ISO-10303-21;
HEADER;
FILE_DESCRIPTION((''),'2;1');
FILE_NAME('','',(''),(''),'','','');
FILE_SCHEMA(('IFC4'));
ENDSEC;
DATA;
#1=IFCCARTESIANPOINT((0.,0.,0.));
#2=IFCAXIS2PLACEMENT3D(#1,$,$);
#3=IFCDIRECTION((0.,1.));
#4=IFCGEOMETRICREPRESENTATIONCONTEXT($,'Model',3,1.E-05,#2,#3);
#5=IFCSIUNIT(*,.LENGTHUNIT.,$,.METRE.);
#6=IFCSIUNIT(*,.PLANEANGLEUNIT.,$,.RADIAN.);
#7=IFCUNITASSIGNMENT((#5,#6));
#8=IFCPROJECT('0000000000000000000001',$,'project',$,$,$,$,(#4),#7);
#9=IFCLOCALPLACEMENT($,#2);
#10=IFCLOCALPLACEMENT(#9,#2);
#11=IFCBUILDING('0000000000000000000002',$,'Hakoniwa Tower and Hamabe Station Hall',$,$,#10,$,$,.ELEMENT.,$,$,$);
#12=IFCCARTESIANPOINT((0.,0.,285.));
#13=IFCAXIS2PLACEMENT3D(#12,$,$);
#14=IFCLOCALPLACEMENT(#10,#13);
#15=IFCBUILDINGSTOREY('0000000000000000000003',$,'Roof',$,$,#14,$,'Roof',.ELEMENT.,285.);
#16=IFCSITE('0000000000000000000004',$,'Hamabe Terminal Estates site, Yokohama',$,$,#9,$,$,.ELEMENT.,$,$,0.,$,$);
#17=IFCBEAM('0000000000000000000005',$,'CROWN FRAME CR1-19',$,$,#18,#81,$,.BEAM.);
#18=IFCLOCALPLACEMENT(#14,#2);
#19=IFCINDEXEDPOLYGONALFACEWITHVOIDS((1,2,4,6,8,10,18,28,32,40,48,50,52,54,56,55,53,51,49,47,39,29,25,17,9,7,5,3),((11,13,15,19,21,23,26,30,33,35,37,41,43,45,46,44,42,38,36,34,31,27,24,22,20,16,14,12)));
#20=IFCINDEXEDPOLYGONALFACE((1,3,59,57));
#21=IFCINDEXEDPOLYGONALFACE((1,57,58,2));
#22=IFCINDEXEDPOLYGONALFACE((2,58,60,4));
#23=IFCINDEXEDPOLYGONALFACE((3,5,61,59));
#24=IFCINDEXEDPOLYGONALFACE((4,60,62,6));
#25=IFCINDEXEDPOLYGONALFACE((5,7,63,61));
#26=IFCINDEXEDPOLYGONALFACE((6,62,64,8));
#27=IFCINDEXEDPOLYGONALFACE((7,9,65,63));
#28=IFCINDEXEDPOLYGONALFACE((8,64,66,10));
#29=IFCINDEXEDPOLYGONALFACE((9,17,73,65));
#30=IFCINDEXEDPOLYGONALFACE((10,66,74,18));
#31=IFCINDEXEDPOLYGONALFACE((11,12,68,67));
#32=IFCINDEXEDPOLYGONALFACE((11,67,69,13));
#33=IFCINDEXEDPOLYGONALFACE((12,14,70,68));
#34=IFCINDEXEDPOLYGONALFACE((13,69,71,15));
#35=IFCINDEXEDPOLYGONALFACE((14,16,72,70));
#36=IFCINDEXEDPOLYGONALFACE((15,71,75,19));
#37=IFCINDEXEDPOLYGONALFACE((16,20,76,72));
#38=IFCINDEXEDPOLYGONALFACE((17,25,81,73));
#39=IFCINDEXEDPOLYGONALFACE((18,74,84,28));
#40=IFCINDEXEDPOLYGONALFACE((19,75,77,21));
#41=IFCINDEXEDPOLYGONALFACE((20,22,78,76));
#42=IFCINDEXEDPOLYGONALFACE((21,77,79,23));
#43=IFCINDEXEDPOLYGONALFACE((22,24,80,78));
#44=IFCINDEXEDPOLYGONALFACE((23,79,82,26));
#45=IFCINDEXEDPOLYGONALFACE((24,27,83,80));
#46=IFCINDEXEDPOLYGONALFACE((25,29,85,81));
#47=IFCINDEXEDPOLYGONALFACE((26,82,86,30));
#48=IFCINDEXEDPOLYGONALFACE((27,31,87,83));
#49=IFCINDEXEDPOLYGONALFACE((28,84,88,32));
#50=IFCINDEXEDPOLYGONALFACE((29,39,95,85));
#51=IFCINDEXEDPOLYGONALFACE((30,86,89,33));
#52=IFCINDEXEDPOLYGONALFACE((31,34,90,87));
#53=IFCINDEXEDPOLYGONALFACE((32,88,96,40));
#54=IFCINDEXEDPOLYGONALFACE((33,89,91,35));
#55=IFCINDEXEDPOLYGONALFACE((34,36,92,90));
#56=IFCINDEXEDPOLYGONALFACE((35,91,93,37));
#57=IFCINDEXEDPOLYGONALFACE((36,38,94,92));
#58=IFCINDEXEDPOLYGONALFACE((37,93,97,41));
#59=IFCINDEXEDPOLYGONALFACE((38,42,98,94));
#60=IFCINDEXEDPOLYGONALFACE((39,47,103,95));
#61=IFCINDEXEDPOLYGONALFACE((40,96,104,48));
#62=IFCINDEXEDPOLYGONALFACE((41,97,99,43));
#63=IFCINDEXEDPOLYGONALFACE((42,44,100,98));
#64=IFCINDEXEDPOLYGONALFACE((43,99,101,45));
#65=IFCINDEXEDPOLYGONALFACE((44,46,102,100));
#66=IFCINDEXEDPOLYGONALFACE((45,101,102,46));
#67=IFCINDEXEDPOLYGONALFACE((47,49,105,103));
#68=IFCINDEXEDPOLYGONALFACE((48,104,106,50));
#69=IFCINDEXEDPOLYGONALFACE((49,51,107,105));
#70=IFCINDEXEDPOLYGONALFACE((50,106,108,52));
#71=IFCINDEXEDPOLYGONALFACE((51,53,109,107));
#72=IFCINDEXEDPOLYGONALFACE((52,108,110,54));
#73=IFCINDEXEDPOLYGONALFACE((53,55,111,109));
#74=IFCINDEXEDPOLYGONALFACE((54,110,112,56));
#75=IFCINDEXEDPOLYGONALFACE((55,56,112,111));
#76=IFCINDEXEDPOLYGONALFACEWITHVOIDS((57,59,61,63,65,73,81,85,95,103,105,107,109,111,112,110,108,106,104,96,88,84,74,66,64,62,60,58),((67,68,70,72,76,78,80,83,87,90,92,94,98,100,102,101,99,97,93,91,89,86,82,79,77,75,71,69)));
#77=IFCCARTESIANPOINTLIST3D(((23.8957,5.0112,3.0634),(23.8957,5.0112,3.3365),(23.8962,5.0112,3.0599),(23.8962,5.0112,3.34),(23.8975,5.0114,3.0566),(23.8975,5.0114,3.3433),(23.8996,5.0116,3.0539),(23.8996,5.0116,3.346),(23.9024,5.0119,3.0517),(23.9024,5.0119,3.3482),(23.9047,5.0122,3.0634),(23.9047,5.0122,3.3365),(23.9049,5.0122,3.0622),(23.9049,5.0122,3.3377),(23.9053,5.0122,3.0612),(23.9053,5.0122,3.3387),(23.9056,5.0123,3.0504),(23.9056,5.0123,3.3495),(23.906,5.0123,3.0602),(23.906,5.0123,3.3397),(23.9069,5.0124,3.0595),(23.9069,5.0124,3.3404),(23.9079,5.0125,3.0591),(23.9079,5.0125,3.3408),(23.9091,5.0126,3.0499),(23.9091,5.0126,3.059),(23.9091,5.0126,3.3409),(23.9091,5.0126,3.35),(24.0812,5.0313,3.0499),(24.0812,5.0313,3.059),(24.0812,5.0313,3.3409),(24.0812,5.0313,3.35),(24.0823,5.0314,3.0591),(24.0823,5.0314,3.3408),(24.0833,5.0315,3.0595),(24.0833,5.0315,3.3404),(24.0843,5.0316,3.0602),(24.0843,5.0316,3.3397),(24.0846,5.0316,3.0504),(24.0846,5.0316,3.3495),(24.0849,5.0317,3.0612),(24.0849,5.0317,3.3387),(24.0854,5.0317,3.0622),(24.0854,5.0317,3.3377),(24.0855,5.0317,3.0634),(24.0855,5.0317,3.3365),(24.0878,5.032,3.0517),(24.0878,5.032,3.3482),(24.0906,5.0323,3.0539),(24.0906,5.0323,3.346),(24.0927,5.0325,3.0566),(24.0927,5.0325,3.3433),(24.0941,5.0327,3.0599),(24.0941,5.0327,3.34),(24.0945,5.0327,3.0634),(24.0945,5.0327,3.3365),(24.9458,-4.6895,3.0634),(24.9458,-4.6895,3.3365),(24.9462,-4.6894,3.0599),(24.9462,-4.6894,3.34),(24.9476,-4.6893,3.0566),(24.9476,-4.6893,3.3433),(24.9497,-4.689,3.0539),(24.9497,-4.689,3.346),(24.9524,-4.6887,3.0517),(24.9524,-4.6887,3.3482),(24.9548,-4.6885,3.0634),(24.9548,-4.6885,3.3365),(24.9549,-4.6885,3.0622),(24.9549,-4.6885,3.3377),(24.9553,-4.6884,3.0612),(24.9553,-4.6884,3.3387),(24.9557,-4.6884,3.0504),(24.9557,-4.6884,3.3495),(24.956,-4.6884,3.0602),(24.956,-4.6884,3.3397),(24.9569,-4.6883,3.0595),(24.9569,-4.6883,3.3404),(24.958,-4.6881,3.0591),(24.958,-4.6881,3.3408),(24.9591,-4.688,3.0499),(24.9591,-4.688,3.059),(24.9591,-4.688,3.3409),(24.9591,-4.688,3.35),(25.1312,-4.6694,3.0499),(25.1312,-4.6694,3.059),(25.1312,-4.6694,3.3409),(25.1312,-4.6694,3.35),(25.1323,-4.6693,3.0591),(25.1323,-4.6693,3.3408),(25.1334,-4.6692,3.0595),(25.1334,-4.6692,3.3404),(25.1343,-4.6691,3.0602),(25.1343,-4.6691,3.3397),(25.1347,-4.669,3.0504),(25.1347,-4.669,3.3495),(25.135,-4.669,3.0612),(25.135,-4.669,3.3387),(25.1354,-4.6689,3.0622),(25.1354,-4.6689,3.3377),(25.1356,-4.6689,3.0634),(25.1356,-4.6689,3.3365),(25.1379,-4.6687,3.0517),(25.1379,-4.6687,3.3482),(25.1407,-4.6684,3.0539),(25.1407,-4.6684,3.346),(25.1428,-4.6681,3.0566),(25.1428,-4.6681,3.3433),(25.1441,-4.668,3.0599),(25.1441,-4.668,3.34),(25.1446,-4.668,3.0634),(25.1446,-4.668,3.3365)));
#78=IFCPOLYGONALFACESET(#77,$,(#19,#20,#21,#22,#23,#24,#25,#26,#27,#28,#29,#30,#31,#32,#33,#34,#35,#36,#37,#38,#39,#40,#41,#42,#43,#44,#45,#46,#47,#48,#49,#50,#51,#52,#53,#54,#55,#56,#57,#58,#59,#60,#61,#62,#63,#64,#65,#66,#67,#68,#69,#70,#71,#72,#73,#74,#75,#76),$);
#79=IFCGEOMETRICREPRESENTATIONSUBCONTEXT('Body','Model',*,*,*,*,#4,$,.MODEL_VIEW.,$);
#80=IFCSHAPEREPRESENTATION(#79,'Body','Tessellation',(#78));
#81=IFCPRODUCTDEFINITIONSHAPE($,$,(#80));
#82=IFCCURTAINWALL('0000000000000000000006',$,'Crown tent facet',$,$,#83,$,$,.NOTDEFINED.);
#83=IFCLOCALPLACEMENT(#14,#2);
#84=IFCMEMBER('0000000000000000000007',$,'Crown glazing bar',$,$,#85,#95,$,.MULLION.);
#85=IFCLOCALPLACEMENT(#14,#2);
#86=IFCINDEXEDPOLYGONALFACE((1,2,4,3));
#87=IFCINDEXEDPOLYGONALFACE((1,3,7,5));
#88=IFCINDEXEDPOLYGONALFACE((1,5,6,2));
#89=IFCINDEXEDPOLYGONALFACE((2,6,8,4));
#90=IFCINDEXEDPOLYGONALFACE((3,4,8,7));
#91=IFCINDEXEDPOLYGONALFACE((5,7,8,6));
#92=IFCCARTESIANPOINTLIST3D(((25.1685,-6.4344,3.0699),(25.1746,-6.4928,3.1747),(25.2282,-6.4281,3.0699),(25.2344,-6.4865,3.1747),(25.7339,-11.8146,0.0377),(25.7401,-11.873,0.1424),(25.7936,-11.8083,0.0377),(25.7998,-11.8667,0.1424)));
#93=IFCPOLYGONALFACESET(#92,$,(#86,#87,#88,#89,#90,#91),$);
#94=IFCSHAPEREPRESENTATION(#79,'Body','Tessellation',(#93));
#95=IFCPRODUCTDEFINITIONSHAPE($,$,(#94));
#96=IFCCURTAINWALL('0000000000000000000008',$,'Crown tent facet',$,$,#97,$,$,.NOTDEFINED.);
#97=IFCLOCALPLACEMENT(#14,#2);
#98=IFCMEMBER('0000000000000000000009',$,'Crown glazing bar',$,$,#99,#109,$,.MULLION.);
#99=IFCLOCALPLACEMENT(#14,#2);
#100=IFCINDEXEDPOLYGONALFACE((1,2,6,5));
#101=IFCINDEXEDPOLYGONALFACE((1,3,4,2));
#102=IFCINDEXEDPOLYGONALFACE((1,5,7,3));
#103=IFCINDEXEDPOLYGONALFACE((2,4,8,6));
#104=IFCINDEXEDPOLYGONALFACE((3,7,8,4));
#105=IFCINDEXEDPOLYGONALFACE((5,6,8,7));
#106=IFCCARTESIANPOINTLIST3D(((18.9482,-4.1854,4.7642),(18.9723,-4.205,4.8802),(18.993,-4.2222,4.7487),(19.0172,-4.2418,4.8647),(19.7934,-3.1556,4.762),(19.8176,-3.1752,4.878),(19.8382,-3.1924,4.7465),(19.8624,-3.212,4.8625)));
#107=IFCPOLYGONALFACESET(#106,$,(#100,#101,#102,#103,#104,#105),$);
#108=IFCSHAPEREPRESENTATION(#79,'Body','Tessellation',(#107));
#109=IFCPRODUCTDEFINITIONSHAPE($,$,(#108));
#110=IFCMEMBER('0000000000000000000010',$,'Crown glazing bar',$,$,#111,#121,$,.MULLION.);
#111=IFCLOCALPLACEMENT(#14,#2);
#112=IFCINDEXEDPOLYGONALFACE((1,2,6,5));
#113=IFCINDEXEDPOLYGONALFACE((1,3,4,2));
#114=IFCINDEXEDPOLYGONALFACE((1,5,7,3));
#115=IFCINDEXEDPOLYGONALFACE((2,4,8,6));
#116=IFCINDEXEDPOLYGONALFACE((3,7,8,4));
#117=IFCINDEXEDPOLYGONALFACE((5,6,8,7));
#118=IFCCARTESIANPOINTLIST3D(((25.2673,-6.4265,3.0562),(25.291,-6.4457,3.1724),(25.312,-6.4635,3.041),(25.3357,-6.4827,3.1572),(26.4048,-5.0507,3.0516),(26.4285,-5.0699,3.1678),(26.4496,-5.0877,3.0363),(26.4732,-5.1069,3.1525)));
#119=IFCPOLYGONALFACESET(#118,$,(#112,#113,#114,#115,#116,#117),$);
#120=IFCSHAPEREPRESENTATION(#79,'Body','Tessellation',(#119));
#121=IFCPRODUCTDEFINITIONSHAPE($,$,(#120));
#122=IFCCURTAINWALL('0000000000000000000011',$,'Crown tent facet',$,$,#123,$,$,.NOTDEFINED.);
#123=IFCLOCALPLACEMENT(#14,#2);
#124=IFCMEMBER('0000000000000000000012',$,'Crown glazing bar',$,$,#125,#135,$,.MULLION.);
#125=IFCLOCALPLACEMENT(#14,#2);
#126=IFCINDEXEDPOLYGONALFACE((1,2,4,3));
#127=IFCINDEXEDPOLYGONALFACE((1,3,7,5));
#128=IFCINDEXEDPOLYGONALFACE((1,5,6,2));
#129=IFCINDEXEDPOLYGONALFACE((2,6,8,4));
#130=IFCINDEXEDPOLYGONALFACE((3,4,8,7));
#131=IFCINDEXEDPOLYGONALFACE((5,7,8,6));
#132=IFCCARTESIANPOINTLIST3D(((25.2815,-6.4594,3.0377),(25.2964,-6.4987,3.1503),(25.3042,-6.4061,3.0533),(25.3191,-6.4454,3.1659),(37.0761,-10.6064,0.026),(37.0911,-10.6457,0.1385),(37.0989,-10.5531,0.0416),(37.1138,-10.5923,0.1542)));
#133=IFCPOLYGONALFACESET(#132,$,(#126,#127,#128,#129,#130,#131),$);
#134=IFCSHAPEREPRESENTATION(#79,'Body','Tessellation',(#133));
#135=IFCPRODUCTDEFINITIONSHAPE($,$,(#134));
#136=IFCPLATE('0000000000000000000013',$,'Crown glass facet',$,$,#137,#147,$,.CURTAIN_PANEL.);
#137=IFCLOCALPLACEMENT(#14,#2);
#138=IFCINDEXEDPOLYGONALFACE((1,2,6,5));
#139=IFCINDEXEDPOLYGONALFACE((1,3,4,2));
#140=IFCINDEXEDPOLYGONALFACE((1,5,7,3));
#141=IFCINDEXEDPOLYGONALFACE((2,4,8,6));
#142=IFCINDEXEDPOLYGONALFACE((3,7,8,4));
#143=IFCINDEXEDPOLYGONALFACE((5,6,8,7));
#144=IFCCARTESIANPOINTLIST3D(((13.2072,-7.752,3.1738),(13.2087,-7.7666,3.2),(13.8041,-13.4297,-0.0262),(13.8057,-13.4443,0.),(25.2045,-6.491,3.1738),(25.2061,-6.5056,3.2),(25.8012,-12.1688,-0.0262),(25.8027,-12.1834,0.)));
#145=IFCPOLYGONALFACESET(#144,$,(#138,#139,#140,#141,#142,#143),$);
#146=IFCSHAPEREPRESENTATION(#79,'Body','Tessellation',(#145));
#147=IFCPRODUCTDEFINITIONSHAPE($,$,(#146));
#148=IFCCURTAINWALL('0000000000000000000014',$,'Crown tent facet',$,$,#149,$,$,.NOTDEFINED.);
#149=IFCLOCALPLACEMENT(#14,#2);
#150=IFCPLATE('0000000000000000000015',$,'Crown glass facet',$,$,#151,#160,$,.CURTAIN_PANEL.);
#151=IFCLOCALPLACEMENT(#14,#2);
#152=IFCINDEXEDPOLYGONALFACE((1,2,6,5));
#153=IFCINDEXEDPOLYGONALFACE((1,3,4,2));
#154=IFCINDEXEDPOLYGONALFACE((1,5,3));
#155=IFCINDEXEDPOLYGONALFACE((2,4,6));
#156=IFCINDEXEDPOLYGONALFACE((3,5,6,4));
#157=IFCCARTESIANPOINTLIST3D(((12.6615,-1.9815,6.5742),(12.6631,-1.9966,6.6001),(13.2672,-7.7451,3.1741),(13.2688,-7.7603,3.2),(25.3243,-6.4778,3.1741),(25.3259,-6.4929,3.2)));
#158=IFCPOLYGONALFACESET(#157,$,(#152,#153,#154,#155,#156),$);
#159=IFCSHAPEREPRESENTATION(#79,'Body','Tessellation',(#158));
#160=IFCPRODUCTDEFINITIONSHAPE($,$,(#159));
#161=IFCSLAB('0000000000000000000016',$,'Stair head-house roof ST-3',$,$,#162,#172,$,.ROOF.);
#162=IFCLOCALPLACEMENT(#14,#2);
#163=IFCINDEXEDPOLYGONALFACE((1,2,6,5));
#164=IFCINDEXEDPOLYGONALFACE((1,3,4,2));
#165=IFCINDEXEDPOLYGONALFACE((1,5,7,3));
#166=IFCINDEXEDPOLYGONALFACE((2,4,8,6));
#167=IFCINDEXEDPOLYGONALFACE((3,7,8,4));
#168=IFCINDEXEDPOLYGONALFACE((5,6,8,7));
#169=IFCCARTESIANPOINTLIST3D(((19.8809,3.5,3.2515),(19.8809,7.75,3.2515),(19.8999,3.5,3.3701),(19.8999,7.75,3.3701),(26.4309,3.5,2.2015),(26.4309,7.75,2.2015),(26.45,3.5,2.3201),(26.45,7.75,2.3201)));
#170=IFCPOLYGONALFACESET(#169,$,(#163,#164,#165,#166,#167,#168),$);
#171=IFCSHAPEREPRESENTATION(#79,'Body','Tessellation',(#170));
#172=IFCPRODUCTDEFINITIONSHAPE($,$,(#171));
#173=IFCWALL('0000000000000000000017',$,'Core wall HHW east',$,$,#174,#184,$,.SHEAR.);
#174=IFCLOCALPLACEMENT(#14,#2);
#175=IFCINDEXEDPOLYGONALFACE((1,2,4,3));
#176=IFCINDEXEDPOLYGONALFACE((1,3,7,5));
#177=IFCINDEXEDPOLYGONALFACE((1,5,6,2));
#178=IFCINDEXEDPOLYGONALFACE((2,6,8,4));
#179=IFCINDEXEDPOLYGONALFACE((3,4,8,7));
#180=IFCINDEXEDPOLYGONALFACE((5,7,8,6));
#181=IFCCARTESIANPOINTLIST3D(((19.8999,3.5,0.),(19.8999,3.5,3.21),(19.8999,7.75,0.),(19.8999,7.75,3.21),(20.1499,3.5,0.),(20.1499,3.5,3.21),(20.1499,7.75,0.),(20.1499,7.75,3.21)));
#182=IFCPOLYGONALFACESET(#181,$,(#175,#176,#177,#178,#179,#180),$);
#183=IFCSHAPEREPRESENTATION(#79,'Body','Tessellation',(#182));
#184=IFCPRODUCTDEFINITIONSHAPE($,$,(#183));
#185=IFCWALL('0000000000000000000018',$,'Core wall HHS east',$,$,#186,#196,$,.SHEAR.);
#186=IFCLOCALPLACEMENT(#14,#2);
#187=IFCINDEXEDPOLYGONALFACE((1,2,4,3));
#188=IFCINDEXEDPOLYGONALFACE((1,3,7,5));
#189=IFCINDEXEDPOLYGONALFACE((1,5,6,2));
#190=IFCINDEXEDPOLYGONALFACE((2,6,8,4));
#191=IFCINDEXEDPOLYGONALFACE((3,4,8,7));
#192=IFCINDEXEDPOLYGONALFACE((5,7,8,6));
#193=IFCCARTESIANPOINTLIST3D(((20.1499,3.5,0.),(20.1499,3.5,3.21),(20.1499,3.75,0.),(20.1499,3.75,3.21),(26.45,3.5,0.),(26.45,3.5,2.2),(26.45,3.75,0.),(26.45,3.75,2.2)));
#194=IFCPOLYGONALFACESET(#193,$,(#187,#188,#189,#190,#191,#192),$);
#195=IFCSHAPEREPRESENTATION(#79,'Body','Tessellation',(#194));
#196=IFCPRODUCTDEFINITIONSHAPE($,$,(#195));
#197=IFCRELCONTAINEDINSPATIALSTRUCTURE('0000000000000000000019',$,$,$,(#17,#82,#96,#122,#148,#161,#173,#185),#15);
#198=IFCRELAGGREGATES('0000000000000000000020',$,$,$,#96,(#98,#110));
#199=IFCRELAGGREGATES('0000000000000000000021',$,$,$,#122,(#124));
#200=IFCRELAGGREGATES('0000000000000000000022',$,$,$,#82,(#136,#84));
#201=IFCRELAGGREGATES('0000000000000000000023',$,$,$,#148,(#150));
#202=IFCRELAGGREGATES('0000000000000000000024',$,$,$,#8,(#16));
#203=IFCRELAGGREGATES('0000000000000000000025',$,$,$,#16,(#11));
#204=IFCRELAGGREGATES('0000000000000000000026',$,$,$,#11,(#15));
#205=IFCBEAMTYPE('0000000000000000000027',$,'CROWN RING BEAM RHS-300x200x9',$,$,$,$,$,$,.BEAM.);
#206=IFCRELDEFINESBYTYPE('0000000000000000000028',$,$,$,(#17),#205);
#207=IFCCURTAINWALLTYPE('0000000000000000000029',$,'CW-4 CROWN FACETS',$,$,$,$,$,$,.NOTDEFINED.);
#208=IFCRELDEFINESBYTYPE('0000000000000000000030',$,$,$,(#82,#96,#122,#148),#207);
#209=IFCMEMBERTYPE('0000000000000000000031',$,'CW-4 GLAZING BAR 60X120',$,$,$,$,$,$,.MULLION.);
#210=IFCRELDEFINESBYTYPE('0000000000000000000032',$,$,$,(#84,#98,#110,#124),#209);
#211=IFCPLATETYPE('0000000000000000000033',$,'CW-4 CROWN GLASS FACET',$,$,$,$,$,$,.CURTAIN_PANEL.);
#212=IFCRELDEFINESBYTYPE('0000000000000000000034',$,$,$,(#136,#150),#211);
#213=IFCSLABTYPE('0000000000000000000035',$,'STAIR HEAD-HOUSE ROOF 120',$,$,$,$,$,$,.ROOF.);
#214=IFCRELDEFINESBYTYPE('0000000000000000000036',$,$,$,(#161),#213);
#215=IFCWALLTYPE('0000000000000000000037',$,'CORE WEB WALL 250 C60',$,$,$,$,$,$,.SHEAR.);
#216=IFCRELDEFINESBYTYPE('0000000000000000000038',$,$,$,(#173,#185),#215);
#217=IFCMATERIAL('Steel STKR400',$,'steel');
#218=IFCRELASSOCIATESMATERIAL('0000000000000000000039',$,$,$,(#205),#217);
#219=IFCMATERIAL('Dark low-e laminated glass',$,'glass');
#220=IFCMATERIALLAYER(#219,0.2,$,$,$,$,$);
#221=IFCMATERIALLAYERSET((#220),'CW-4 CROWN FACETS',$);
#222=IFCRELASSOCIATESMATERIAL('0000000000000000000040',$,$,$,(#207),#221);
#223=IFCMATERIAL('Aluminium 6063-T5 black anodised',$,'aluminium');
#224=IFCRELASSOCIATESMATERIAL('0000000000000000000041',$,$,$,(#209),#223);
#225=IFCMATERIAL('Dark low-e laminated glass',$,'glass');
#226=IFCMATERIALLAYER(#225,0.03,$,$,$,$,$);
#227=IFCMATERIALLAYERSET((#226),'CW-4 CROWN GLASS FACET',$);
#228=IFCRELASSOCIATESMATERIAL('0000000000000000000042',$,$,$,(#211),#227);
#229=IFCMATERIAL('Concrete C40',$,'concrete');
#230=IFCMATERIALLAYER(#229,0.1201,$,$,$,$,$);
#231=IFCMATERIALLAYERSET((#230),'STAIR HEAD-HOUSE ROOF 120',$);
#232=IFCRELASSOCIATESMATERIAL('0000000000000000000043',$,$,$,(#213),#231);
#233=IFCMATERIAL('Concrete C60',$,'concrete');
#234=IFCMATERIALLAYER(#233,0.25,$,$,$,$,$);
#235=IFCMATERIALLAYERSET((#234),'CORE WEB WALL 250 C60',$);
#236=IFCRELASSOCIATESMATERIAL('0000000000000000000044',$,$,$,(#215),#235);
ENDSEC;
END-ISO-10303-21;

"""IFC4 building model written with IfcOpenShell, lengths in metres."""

from ifc_helpers import new_model, si_unit, direction, frame, frame_2d, origin, origin_2d, place, context, subcontext, project, spatial, polyline, rectangle, hollow_rectangle, outline, extrude, material, layer, layer_set, material_profile, profile_set, type_object, element, aggregate, save


model = new_model("IFC4")

# Units and contexts
model_context = context("Model", 3, precision=1e-05, world=origin(), true_north=direction((0.0, 1.0)))
body_context = subcontext(model_context, "Body", "Model", "MODEL_VIEW")
ifc_project = project(units=[si_unit("LENGTHUNIT", "METRE"), si_unit("PLANEANGLEUNIT", "RADIAN")], contexts=[model_context])

# Site, building, storey
site_placement = place(None, origin())
site = spatial("IfcSite", under=ifc_project, at=site_placement, Name="Hamabe Terminal Estates site, Yokohama", CompositionType="ELEMENT", RefElevation=0.0)
building_placement = place(site_placement, origin())
building = spatial("IfcBuilding", under=site, at=building_placement, Name="Hakoniwa Tower and Hamabe Station Hall", CompositionType="ELEMENT")
storey_placement = place(building_placement, frame((0.0, 0.0, 285.0)))
storey = spatial("IfcBuildingStorey", under=building, at=storey_placement, Name="Roof", LongName="Roof", CompositionType="ELEMENT", Elevation=285.0)

# Beam
ifc_material_1 = material(Name="Steel STKR400", Category="steel")
ifc_material_profile_1 = material_profile(ifc_material_1, hollow_rectangle(XDim=0.2, YDim=0.3, WallThickness=0.009, InnerFilletRadius=0.0044, OuterFilletRadius=0.0134, at=origin_2d()), Name="RHS-300x200x9")
ifc_profile_set_1 = profile_set([ifc_material_profile_1], Name="Steel STKR400")
beam_type = type_object("IfcBeamType", Name="CROWN RING BEAM RHS-300x200x9", PredefinedType="BEAM", material=ifc_profile_set_1)
beam_1_placement = place(storey_placement, frame((25.0452, -4.6787, 3.2), z_axis=(-0.107616, 0.994193, 0.0), x_axis=(-0.994193, -0.107616, 0.0)))
element("IfcBeam", 1, at=beam_1_placement, inside=storey, type_object=beam_type, Name="CROWN FRAME CR1-19", PredefinedType="BEAM", context=body_context, shape_type="SweptSolid", body=[
    extrude(hollow_rectangle(XDim=0.2, YDim=0.3, WallThickness=0.009, InnerFilletRadius=0.0044, OuterFilletRadius=0.0134, at=origin_2d()), origin(), (0.0, 0.0, 1.0), 9.7573),
])

# Curtain wall, member
ifc_material_2 = material(Name="Dark low-e laminated glass", Category="glass")
ifc_layer_1 = layer(ifc_material_2, 0.2)
ifc_layer_set_1 = layer_set([ifc_layer_1], Name="CW-4 CROWN FACETS")
curtain_wall_type = type_object("IfcCurtainWallType", Name="CW-4 CROWN FACETS", PredefinedType="NOTDEFINED", material=ifc_layer_set_1)
curtain_wall_1_placement = place(storey_placement, origin())
curtain_wall_1 = element("IfcCurtainWall", 2, at=curtain_wall_1_placement, inside=storey, type_object=curtain_wall_type, Name="Crown tent facet", PredefinedType="NOTDEFINED")
ifc_material_3 = material(Name="Aluminium 6063-T5 black anodised", Category="aluminium")
ifc_material_profile_2 = material_profile(ifc_material_3, rectangle(XDim=0.0601, YDim=0.1201, at=origin_2d()), Name="CW-4 GLAZING BAR 60X120")
ifc_profile_set_2 = profile_set([ifc_material_profile_2], Name="Aluminium 6063-T5 black anodised")
member_type_1 = type_object("IfcMemberType", Name="CW-4 GLAZING BAR 60X120", PredefinedType="MULLION", material=ifc_profile_set_2)
member_1_placement = place(storey_placement, frame((25.2014, -6.4604, 3.1223), z_axis=(0.091175, -0.867538, -0.488942), x_axis=(0.994523, 0.10452, 0.0)))
member_1 = element("IfcMember", 3, at=member_1_placement, type_object=member_type_1, Name="Crown glazing bar", PredefinedType="MULLION", context=body_context, shape_type="SweptSolid", body=[
    extrude(rectangle(XDim=0.0601, YDim=0.1201, at=origin_2d()), origin(), (0.0, 0.0, 1.0), 6.2017),
])

# Curtain wall, members
curtain_wall_2_placement = place(storey_placement, origin())
curtain_wall_2 = element("IfcCurtainWall", 4, at=curtain_wall_2_placement, inside=storey, type_object=curtain_wall_type, Name="Crown tent facet", PredefinedType="NOTDEFINED")
member_2_placement = place(storey_placement, frame((18.9827, -4.2136, 4.8145), z_axis=(0.634434, 0.772976, -0.001649), x_axis=(-0.746296, 0.613089, 0.25916)))
member_2 = element("IfcMember", 5, at=member_2_placement, type_object=member_type_1, Name="Crown glazing bar", PredefinedType="MULLION", context=body_context, shape_type="SweptSolid", body=[
    extrude(rectangle(XDim=0.0601, YDim=0.1201, at=origin_2d()), origin(), (0.0, 0.0, 1.0), 1.3323),
])
member_3_placement = place(storey_placement, frame((25.3015, -6.4546, 3.1067), z_axis=(0.637204, 0.77069, -0.002599), x_axis=(-0.745049, 0.61686, 0.253745)))
member_3 = element("IfcMember", 6, at=member_3_placement, type_object=member_type_1, Name="Crown glazing bar", PredefinedType="MULLION", context=body_context, shape_type="SweptSolid", body=[
    extrude(rectangle(XDim=0.0601, YDim=0.1201, at=origin_2d()), origin(), (0.0, 0.0, 1.0), 1.7852),
])
aggregate(curtain_wall_2, [member_2, member_3])

# Curtain wall, member
curtain_wall_3_placement = place(storey_placement, origin())
curtain_wall_3 = element("IfcCurtainWall", 7, at=curtain_wall_3_placement, inside=storey, type_object=curtain_wall_type, Name="Crown tent facet", PredefinedType="NOTDEFINED")
member_4_placement = place(storey_placement, frame((25.3003, -6.4524, 3.1018), z_axis=(0.917153, -0.322468, -0.234191), x_axis=(0.378674, 0.888308, 0.259837)))
member_4 = element("IfcMember", 8, at=member_4_placement, type_object=member_type_1, Name="Crown glazing bar", PredefinedType="MULLION", context=body_context, shape_type="SweptSolid", body=[
    extrude(rectangle(XDim=0.0601, YDim=0.1201, at=origin_2d()), origin(), (0.0, 0.0, 1.0), 12.8601),
])
aggregate(curtain_wall_3, [member_4])

# Plate
ifc_material_4 = material(Name="Dark low-e laminated glass", Category="glass")
ifc_layer_2 = layer(ifc_material_4, 0.03)
ifc_layer_set_2 = layer_set([ifc_layer_2], Name="CW-4 CROWN GLASS FACET")
plate_type = type_object("IfcPlateType", Name="CW-4 CROWN GLASS FACET", PredefinedType="CURTAIN_PANEL", material=ifc_layer_set_2)
plate_1_placement = place(storey_placement, frame((25.2061, -6.5056, 3.2), z_axis=(0.051109, -0.486262, 0.872317), x_axis=(0.091171, -0.867539, -0.488941)))
plate_1 = element("IfcPlate", 9, at=plate_1_placement, type_object=plate_type, Name="Crown glass facet", PredefinedType="CURTAIN_PANEL", context=body_context, shape_type="SweptSolid", body=[
    extrude(outline(polyline([(0.0, 0.0), (6.5446, 0.0), (6.5448, -12.0632), (0.0002, -12.0634), (0.0, 0.0)])), origin(), (0.0, 0.0, -1.0), 0.03),
])
aggregate(curtain_wall_1, [plate_1, member_1])

# Curtain wall, plate
curtain_wall_4_placement = place(storey_placement, origin())
curtain_wall_4 = element("IfcCurtainWall", 10, at=curtain_wall_4_placement, inside=storey, type_object=curtain_wall_type, Name="Crown tent facet", PredefinedType="NOTDEFINED")
plate_2_placement = place(storey_placement, frame((25.3259, -6.4929, 3.2), z_axis=(0.052898, -0.503261, 0.862514), x_axis=(-0.994521, -0.104535, 0.0)))
plate_2 = element("IfcPlate", 11, at=plate_2_placement, type_object=plate_type, Name="Crown glass facet", PredefinedType="CURTAIN_PANEL", context=body_context, shape_type="SweptSolid", body=[
    extrude(outline(polyline([(0.0, 0.0), (12.1236, 0.0), (12.1234, -6.7192), (0.0, 0.0)])), origin(), (0.0, 0.0, -1.0), 0.03),
])
aggregate(curtain_wall_4, [plate_2])

# Slab
ifc_material_5 = material(Name="Concrete C40", Category="concrete")
ifc_layer_3 = layer(ifc_material_5, 0.1201)
ifc_layer_set_3 = layer_set([ifc_layer_3], Name="STAIR HEAD-HOUSE ROOF 120")
slab_type = type_object("IfcSlabType", Name="STAIR HEAD-HOUSE ROOF 120", PredefinedType="ROOF", material=ifc_layer_set_3)
slab_placement = place(storey_placement, frame((19.8999, 3.5, 3.3701), z_axis=(0.15829, 0.0, 0.987393), x_axis=(0.987393, 0.0, -0.15829)))
element("IfcSlab", 12, at=slab_placement, inside=storey, type_object=slab_type, Name="Stair head-house roof ST-3", PredefinedType="ROOF", context=body_context, shape_type="SweptSolid", body=[
    extrude(outline(polyline([(0.0, 0.0), (6.6337, 0.0), (6.6337, 4.25), (0.0, 4.25), (0.0, 0.0)])), origin(), (0.0, 0.0, -1.0), 0.1201),
])

# Walls
ifc_material_6 = material(Name="Concrete C60", Category="concrete")
ifc_layer_4 = layer(ifc_material_6, 0.25)
ifc_layer_set_4 = layer_set([ifc_layer_4], Name="CORE WEB WALL 250 C60")
wall_type = type_object("IfcWallType", Name="CORE WEB WALL 250 C60", PredefinedType="SHEAR", material=ifc_layer_set_4)
wall_1_placement = place(storey_placement, frame((20.0249, 3.5, 0.0), z_axis=(0.0, 0.0, 1.0), x_axis=(0.0, 1.0, 0.0)))
element("IfcWall", 13, at=wall_1_placement, inside=storey, type_object=wall_type, Name="Core wall HHW east", PredefinedType="SHEAR", context=body_context, shape_type="SweptSolid", body=[
    extrude(rectangle(XDim=4.25, YDim=0.25, at=frame_2d((2.125, 0.0))), origin(), (0.0, 0.0, 1.0), 3.21),
])
wall_2_placement = place(storey_placement, frame((20.1499, 3.625, 0.0), z_axis=(0.0, 0.0, 1.0), x_axis=(1.0, 0.0, 0.0)))
element("IfcWall", 14, at=wall_2_placement, inside=storey, type_object=wall_type, Name="Core wall HHS east", PredefinedType="SHEAR", context=body_context, shape_type="SweptSolid", body=[
    extrude(outline(polyline([(0.0, 0.0), (6.3, 0.0), (6.3, 2.2), (0.0, 3.21), (0.0, 0.0)])), frame((0.0, 0.125, 0.0), z_axis=(0.0, -1.0, 0.0), x_axis=(1.0, 0.0, 0.0)), (0.0, 0.0, 1.0), 0.25),
])

save(model, "model.ifc")
